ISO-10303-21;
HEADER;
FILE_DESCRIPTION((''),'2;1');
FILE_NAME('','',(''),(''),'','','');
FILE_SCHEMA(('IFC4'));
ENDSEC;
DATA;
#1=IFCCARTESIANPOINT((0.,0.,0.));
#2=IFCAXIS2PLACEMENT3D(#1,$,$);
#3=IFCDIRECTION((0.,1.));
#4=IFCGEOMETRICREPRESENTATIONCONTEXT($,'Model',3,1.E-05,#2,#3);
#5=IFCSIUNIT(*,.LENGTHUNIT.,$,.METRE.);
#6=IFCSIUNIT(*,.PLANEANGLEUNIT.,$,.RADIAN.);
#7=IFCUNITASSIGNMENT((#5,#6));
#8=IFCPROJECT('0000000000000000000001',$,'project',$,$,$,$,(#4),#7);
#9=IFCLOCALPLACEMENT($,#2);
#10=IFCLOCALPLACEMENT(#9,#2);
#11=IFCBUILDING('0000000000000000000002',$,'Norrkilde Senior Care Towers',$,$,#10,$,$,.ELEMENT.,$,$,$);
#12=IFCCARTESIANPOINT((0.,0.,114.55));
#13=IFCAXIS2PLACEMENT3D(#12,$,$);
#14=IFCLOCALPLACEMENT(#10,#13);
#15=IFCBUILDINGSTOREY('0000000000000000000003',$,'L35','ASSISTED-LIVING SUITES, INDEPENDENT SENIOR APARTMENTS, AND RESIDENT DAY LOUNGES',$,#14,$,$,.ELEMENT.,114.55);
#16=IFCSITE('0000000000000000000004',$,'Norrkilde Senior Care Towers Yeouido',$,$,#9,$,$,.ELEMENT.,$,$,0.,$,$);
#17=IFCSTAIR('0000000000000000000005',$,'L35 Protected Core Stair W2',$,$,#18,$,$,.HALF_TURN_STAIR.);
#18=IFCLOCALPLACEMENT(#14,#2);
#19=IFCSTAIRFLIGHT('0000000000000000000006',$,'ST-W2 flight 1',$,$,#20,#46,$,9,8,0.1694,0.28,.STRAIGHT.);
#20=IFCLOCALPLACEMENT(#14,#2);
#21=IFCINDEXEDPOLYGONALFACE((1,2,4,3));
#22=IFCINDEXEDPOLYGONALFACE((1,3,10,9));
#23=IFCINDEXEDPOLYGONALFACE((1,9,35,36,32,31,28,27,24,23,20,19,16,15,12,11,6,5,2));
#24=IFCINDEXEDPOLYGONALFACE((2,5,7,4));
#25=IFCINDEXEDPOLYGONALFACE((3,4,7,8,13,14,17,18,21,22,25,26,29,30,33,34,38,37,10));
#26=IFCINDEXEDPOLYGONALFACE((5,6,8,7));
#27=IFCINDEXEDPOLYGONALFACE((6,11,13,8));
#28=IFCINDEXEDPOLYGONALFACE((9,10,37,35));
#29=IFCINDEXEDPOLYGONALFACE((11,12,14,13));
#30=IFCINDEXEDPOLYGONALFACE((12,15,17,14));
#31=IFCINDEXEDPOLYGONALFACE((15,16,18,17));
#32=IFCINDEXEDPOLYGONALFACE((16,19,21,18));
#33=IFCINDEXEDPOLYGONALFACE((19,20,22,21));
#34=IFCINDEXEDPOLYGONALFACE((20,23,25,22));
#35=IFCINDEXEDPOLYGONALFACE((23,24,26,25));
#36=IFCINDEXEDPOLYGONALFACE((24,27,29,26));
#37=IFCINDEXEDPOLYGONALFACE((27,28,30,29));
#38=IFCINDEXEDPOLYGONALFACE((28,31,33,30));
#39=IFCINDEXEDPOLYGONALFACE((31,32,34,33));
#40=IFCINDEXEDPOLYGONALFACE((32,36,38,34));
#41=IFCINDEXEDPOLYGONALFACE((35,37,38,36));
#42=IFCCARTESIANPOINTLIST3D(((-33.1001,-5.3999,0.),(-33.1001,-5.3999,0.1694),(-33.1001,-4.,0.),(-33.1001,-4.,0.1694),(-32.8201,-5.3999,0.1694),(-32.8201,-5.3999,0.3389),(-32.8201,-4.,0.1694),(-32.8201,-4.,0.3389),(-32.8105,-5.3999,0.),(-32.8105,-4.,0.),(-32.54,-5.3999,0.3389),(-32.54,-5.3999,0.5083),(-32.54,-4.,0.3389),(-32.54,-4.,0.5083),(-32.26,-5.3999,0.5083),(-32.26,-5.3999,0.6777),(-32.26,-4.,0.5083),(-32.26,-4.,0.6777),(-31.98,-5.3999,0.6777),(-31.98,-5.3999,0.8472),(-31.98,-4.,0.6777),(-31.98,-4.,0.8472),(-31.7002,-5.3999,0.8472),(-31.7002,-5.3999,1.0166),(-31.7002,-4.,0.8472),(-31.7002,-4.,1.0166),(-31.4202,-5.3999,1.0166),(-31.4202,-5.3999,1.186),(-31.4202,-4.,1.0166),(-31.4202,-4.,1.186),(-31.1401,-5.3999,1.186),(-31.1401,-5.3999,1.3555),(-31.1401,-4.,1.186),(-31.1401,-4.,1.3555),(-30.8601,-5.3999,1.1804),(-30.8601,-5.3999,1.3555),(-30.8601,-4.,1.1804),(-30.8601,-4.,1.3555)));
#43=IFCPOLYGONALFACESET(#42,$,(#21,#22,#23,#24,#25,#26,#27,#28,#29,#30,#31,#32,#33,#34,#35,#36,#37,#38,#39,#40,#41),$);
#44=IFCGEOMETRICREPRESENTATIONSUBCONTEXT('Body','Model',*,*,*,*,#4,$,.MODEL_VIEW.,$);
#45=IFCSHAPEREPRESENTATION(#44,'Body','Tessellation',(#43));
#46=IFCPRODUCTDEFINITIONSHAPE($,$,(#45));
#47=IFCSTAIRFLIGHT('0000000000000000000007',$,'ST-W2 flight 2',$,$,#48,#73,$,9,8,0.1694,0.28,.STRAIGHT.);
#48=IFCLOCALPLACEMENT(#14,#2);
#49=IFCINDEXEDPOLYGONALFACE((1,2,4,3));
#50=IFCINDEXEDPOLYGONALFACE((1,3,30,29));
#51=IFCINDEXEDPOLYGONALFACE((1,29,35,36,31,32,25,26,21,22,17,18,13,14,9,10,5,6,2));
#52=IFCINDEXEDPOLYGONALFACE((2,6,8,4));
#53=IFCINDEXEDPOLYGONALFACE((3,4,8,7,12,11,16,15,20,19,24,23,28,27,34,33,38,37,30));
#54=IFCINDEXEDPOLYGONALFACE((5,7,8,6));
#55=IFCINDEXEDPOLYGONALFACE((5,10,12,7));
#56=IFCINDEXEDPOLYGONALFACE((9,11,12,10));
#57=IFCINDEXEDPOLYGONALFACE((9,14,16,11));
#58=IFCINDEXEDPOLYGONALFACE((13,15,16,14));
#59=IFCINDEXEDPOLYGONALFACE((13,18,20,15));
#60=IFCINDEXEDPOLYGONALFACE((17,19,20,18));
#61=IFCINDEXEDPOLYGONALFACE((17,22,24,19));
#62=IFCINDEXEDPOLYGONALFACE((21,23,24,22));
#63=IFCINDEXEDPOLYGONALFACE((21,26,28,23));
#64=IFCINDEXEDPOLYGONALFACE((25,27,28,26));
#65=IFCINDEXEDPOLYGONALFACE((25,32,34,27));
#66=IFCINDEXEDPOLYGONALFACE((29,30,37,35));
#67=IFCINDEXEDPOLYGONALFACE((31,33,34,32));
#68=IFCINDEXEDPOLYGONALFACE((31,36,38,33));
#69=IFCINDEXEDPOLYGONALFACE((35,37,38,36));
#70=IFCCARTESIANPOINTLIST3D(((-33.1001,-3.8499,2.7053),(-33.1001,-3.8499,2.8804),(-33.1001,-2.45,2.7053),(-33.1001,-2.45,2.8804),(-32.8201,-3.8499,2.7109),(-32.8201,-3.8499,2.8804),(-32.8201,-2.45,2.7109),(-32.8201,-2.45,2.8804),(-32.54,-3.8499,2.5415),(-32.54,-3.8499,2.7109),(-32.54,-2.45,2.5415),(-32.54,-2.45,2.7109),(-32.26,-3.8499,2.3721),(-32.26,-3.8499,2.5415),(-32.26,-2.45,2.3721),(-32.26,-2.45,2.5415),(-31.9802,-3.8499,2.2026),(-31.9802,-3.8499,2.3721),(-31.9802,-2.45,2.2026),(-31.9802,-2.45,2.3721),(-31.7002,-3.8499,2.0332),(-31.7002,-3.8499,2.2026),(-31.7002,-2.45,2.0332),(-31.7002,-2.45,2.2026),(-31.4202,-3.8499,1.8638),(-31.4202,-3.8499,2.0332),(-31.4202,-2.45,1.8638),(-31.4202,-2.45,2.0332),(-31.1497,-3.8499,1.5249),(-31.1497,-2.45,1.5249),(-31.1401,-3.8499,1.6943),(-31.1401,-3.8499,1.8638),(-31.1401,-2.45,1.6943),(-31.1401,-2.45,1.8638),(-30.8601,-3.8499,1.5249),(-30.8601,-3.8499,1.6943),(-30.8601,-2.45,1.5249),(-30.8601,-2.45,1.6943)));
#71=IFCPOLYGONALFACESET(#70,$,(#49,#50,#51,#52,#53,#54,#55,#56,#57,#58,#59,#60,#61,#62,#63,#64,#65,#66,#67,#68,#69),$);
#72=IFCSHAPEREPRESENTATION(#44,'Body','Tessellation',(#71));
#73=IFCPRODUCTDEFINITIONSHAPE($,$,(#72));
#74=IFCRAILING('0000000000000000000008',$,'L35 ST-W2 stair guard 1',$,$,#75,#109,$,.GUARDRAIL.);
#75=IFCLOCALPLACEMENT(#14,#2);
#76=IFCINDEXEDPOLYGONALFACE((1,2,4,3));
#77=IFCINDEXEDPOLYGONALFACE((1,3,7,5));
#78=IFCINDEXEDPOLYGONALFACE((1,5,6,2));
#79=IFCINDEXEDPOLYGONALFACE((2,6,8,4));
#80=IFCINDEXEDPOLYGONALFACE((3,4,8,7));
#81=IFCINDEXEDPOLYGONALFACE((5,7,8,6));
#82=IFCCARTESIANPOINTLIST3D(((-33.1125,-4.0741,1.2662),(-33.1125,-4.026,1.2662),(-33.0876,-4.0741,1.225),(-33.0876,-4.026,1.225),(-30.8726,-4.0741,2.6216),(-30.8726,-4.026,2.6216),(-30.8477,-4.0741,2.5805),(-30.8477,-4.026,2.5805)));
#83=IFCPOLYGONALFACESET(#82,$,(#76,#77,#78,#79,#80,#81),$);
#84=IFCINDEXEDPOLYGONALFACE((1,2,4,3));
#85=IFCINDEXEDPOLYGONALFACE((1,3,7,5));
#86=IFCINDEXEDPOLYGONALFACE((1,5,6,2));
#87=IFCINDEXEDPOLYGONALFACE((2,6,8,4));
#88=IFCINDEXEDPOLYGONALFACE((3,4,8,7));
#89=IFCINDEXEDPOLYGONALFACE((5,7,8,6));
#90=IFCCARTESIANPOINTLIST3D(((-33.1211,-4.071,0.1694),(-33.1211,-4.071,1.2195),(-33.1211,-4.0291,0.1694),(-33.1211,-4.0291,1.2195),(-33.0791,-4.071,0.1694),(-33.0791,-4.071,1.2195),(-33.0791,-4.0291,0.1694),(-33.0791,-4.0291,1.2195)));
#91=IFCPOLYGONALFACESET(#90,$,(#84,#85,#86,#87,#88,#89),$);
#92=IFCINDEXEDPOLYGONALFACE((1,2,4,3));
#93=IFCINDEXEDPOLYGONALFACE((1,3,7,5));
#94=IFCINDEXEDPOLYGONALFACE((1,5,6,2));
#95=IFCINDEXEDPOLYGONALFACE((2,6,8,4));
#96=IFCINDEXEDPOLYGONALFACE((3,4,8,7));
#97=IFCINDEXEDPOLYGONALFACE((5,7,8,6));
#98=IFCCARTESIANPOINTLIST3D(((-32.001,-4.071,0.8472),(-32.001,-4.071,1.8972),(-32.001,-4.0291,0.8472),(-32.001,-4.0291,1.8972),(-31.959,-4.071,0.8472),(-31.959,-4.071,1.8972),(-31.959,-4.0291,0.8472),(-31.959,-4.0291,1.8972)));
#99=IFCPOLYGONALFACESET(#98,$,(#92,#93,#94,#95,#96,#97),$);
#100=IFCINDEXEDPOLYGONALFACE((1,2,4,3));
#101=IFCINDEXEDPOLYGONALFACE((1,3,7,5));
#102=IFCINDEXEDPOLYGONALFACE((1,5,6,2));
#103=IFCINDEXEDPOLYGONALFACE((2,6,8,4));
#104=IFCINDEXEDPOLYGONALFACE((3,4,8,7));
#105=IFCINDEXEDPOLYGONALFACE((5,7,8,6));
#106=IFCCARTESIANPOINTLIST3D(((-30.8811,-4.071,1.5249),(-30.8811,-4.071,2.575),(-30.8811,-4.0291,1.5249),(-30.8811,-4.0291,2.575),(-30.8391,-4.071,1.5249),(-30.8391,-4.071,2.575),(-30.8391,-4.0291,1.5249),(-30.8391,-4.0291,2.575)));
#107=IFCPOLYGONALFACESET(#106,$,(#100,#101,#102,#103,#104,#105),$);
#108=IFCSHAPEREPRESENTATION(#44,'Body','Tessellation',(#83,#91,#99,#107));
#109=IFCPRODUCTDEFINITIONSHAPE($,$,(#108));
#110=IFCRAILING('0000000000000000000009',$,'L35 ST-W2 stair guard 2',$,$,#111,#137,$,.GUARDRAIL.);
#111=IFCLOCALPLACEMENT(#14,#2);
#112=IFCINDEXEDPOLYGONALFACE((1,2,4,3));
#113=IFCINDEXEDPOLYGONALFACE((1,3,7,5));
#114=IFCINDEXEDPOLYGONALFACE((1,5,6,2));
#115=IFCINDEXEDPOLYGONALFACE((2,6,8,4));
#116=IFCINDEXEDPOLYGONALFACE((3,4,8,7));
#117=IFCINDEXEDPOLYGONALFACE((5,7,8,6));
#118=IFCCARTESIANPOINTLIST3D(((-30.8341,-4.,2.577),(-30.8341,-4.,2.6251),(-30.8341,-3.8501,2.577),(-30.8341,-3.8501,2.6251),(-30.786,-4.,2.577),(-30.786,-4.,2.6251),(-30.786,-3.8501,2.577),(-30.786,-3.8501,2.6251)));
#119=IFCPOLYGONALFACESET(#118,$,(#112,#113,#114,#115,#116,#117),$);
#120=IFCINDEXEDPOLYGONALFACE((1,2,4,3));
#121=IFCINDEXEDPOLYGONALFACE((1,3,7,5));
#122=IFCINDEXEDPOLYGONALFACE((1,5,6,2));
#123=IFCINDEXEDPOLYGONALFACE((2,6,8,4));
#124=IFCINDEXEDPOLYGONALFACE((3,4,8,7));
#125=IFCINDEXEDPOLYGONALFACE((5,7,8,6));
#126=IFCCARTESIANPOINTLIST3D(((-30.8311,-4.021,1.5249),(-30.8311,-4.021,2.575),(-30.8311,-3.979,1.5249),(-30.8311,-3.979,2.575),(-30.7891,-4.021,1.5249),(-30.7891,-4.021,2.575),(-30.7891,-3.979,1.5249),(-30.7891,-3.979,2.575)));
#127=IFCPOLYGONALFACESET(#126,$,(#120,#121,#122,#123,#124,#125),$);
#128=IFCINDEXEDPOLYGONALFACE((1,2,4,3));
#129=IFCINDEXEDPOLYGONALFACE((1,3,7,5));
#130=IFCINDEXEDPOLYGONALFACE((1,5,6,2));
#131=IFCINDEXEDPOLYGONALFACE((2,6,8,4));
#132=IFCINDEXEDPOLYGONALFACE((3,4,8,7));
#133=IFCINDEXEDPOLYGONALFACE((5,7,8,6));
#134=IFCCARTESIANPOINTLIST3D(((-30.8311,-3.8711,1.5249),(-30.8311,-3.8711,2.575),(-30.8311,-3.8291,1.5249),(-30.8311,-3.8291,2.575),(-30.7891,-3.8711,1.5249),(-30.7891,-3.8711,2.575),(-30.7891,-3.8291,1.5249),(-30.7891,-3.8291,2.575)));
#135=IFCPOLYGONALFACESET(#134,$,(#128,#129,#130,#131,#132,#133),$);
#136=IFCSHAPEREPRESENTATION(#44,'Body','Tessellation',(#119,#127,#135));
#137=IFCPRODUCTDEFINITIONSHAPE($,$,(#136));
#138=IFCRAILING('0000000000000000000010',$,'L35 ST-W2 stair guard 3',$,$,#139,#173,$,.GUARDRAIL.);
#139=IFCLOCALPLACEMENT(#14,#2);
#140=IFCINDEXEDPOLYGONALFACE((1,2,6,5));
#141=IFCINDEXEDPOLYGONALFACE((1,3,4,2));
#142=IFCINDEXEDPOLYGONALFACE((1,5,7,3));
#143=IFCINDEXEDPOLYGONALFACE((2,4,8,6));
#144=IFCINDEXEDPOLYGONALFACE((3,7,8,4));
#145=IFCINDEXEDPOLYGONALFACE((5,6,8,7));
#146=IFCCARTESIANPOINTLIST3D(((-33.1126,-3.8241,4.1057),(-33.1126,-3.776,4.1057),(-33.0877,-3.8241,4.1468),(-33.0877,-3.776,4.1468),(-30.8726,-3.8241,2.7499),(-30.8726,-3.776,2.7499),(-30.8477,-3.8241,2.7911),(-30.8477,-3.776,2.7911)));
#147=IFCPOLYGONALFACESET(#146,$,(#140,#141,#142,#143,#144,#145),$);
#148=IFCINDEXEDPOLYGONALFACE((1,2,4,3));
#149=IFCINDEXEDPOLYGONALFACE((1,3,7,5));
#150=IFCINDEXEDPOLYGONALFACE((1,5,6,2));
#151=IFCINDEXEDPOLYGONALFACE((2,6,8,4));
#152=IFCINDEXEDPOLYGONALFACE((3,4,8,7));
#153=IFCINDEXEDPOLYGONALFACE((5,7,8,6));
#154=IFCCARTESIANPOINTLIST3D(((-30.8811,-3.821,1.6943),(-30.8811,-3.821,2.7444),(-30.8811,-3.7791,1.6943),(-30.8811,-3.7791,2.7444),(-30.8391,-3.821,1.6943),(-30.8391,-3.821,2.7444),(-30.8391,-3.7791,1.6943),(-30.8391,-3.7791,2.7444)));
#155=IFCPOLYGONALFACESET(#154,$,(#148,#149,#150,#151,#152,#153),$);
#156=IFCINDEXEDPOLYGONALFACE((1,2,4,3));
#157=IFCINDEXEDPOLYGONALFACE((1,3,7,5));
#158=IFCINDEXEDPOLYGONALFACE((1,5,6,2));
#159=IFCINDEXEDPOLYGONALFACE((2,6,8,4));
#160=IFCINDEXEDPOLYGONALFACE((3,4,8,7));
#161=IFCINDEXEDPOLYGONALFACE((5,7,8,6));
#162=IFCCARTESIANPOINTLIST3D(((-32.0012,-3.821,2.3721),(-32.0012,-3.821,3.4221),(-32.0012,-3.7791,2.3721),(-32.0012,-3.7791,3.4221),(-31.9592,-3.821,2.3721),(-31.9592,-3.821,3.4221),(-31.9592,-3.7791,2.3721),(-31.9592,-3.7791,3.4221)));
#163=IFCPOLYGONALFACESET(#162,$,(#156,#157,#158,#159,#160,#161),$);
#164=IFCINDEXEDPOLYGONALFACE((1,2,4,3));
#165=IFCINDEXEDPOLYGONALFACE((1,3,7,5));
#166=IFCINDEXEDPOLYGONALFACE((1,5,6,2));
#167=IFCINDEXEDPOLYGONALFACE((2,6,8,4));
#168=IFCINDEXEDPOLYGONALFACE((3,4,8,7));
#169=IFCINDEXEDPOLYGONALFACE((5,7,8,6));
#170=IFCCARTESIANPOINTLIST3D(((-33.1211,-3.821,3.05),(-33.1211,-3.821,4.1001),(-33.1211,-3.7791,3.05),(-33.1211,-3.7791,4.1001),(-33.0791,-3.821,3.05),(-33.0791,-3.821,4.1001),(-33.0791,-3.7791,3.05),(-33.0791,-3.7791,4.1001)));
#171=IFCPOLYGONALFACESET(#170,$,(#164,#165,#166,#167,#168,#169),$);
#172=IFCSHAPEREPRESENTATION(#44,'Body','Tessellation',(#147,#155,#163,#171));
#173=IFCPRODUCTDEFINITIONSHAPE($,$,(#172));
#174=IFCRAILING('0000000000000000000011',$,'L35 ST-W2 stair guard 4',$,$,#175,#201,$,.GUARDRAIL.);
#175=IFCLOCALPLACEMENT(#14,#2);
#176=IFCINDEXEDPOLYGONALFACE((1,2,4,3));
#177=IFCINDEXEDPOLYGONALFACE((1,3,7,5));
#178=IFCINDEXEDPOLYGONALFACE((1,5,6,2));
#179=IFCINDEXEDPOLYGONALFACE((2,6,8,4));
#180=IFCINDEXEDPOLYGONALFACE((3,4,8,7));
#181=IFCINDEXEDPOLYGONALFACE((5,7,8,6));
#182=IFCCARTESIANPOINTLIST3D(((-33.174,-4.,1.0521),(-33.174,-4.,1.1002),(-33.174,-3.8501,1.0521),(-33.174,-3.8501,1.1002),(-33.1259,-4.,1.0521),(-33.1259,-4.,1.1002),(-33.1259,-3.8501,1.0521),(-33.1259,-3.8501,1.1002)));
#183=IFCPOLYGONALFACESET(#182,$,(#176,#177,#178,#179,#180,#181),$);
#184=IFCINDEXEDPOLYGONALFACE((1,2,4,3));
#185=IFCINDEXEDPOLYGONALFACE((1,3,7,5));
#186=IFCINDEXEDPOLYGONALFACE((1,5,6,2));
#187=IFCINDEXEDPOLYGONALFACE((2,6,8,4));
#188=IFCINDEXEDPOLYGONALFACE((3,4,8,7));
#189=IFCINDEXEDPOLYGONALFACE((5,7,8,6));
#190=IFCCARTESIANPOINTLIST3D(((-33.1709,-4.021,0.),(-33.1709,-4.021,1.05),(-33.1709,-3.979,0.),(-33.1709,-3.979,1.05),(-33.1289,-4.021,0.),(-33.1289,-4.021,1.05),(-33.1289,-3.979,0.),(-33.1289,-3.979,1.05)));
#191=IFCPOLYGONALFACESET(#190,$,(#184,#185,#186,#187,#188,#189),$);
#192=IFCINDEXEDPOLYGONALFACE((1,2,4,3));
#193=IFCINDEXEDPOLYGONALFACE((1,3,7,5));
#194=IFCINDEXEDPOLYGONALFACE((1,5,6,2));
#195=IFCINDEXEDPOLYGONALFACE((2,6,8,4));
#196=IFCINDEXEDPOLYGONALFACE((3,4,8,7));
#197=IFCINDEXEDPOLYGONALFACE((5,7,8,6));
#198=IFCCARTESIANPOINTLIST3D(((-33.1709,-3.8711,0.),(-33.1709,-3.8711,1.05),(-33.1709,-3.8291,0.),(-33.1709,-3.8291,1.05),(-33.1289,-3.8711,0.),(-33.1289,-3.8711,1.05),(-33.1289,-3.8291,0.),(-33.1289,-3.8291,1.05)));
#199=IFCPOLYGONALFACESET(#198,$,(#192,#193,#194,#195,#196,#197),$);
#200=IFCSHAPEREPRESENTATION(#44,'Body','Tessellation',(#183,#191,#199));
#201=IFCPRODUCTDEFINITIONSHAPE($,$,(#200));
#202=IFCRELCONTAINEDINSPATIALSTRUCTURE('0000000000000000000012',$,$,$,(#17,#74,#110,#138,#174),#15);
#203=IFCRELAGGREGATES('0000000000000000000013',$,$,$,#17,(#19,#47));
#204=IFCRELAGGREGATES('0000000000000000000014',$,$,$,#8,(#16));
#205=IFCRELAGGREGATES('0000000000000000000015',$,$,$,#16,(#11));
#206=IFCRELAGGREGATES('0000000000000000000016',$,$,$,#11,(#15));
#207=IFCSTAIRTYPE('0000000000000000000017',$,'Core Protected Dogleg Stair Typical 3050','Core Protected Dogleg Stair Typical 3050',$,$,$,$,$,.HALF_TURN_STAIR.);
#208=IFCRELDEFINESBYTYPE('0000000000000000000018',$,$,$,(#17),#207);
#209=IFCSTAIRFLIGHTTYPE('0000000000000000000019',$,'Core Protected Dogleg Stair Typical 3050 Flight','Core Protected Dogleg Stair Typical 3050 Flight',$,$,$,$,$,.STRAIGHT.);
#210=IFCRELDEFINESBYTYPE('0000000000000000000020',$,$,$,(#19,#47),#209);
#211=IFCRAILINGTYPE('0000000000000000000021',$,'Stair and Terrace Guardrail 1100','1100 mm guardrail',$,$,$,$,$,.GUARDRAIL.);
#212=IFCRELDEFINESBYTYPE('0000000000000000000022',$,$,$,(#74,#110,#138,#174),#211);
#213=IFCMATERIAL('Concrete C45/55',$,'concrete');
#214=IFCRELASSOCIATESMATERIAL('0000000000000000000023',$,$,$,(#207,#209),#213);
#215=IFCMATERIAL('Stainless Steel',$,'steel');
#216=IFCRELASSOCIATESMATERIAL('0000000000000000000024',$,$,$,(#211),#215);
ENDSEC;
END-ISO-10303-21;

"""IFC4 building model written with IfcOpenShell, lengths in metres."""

from ifc_helpers import new_model, si_unit, direction, frame, origin, origin_2d, place, context, subcontext, project, spatial, polyline, rectangle, outline, extrude, material, type_object, element, aggregate, save


model = new_model("IFC4")

# Units and contexts
model_context = context("Model", 3, precision=1e-05, world=origin(), true_north=direction((0.0, 1.0)))
body_context = subcontext(model_context, "Body", "Model", "MODEL_VIEW")
ifc_project = project(units=[si_unit("LENGTHUNIT", "METRE"), si_unit("PLANEANGLEUNIT", "RADIAN")], contexts=[model_context])

# Site, building, storey
site_placement = place(None, origin())
site = spatial("IfcSite", under=ifc_project, at=site_placement, Name="Norrkilde Senior Care Towers Yeouido", CompositionType="ELEMENT", RefElevation=0.0)
building_placement = place(site_placement, origin())
building = spatial("IfcBuilding", under=site, at=building_placement, Name="Norrkilde Senior Care Towers", CompositionType="ELEMENT")
storey_placement = place(building_placement, frame((0.0, 0.0, 114.55)))
storey = spatial("IfcBuildingStorey", under=building, at=storey_placement, Name="L35", Description="ASSISTED-LIVING SUITES, INDEPENDENT SENIOR APARTMENTS, AND RESIDENT DAY LOUNGES", CompositionType="ELEMENT", Elevation=114.55)

# Shared definitions
ifc_material_1 = material(Name="Concrete C45/55", Category="concrete")

# Shared definitions
ifc_material_2 = material(Name="Stainless Steel", Category="steel")

# Stair, stair flights
stair_type = type_object("IfcStairType", Name="Core Protected Dogleg Stair Typical 3050", Description="Core Protected Dogleg Stair Typical 3050", PredefinedType="HALF_TURN_STAIR", material=ifc_material_1)
stair_placement = place(storey_placement, origin())
stair = element("IfcStair", 1, at=stair_placement, inside=storey, type_object=stair_type, Name="L35 Protected Core Stair W2", PredefinedType="HALF_TURN_STAIR")
stair_flight_type = type_object("IfcStairFlightType", Name="Core Protected Dogleg Stair Typical 3050 Flight", Description="Core Protected Dogleg Stair Typical 3050 Flight", PredefinedType="STRAIGHT", material=ifc_material_1)
stair_flight_1_placement = place(storey_placement, frame((-33.1001, -4.7, 0.0), z_axis=(0.0, 0.0, 1.0), x_axis=(1.0, 0.0, 0.0)))
stair_flight_1 = element("IfcStairFlight", 2, at=stair_flight_1_placement, type_object=stair_flight_type, Name="ST-W2 flight 1", NumberOfRisers=9, NumberOfTreads=8, PredefinedType="STRAIGHT", RiserHeight=0.1694, TreadLength=0.28, context=body_context, shape_type="SweptSolid", body=[
    extrude(outline(polyline([(0.0, 0.0), (0.0, 0.1694), (0.28, 0.1694), (0.28, 0.3389), (0.5601, 0.3389), (0.5601, 0.5083), (0.8401, 0.5083), (0.8401, 0.6777), (1.1201, 0.6777), (1.1201, 0.8472), (1.3999, 0.8472), (1.3999, 1.0166), (1.6799, 1.0166), (1.6799, 1.186), (1.96, 1.186), (1.96, 1.3555), (2.24, 1.3555), (2.24, 1.5249), (2.24, 1.1804), (0.2896, 0.0), (0.0, 0.0)])), frame((0.0, 0.7, 0.0), z_axis=(0.0, -1.0, 0.0), x_axis=(1.0, 0.0, 0.0)), (0.0, 0.0, 1.0), 1.3999),
])
stair_flight_2_placement = place(storey_placement, frame((-30.8601, -3.1499, 1.5249), z_axis=(0.0, 0.0, 1.0), x_axis=(-1.0, 0.0, 0.0)))
stair_flight_2 = element("IfcStairFlight", 3, at=stair_flight_2_placement, type_object=stair_flight_type, Name="ST-W2 flight 2", NumberOfRisers=9, NumberOfTreads=8, PredefinedType="STRAIGHT", RiserHeight=0.1694, TreadLength=0.28, context=body_context, shape_type="SweptSolid", body=[
    extrude(outline(polyline([(0.0, 0.0), (0.0, 0.1694), (0.28, 0.1694), (0.28, 0.3389), (0.5601, 0.3389), (0.5601, 0.5083), (0.8401, 0.5083), (0.8401, 0.6777), (1.1201, 0.6777), (1.1201, 0.8472), (1.3999, 0.8472), (1.3999, 1.0166), (1.6799, 1.0166), (1.6799, 1.186), (1.96, 1.186), (1.96, 1.3555), (2.24, 1.3555), (2.24, 1.5249), (2.24, 1.1804), (0.2896, 0.0), (0.0, 0.0)])), frame((0.0, 0.7, 0.0), z_axis=(0.0, -1.0, 0.0), x_axis=(1.0, 0.0, 0.0)), (0.0, 0.0, 1.0), 1.3999),
])
aggregate(stair, [stair_flight_1, stair_flight_2])

# Railings
railing_type_1 = type_object("IfcRailingType", Name="Stair and Terrace Guardrail 1100", Description="1100 mm guardrail", PredefinedType="GUARDRAIL", material=ifc_material_2)
railing_1_placement = place(storey_placement, frame((-33.1001, -4.05, 0.1694)))
element("IfcRailing", 4, at=railing_1_placement, inside=storey, type_object=railing_type_1, Name="L35 ST-W2 stair guard 1", PredefinedType="GUARDRAIL", context=body_context, shape_type="SweptSolid", body=[
    extrude(rectangle(XDim=0.0481, YDim=0.0481, at=origin_2d()), frame((0.0, 0.0, 1.0762), z_axis=(0.855553, 0.0, 0.517715), x_axis=(0.0, 1.0, 0.0)), (0.0, 0.0, 1.0), 2.6182),
    extrude(rectangle(XDim=0.042, YDim=0.042, at=origin_2d()), origin(), (0.0, 0.0, 1.0), 1.05),
    extrude(rectangle(XDim=0.042, YDim=0.042, at=origin_2d()), frame((1.1201, 0.0, 0.6777)), (0.0, 0.0, 1.0), 1.05),
    extrude(rectangle(XDim=0.042, YDim=0.042, at=origin_2d()), frame((2.24, 0.0, 1.3555)), (0.0, 0.0, 1.0), 1.05),
])
railing_2_placement = place(storey_placement, frame((-30.8101, -4.0, 1.5249)))
element("IfcRailing", 5, at=railing_2_placement, inside=storey, type_object=railing_type_1, Name="L35 ST-W2 stair guard 2", PredefinedType="GUARDRAIL", context=body_context, shape_type="SweptSolid", body=[
    extrude(rectangle(XDim=0.0481, YDim=0.0481, at=origin_2d()), frame((0.0, 0.0, 1.0762), z_axis=(0.0, 1.0, 0.0), x_axis=(-1.0, 0.0, 0.0)), (0.0, 0.0, 1.0), 0.1499),
    extrude(rectangle(XDim=0.042, YDim=0.042, at=origin_2d()), origin(), (0.0, 0.0, 1.0), 1.05),
    extrude(rectangle(XDim=0.042, YDim=0.042, at=origin_2d()), frame((0.0, 0.1499, 0.0)), (0.0, 0.0, 1.0), 1.05),
])
railing_3_placement = place(storey_placement, frame((-30.8601, -3.8, 1.6943)))
element("IfcRailing", 6, at=railing_3_placement, inside=storey, type_object=railing_type_1, Name="L35 ST-W2 stair guard 3", PredefinedType="GUARDRAIL", context=body_context, shape_type="SweptSolid", body=[
    extrude(rectangle(XDim=0.0481, YDim=0.0481, at=origin_2d()), frame((0.0, 0.0, 1.0762), z_axis=(-0.855512, 0.0, 0.517783), x_axis=(0.0, -1.0, 0.0)), (0.0, 0.0, 1.0), 2.6184),
    extrude(rectangle(XDim=0.042, YDim=0.042, at=origin_2d()), origin(), (0.0, 0.0, 1.0), 1.05),
    extrude(rectangle(XDim=0.042, YDim=0.042, at=origin_2d()), frame((-1.1201, 0.0, 0.6777)), (0.0, 0.0, 1.0), 1.05),
    extrude(rectangle(XDim=0.042, YDim=0.042, at=origin_2d()), frame((-2.24, 0.0, 1.3557)), (0.0, 0.0, 1.0), 1.05),
])
railing_4_placement = place(storey_placement, frame((-33.1499, -4.0, 0.0)))
element("IfcRailing", 7, at=railing_4_placement, inside=storey, type_object=railing_type_1, Name="L35 ST-W2 stair guard 4", PredefinedType="GUARDRAIL", context=body_context, shape_type="SweptSolid", body=[
    extrude(rectangle(XDim=0.0481, YDim=0.0481, at=origin_2d()), frame((0.0, 0.0, 1.0762), z_axis=(0.0, 1.0, 0.0), x_axis=(-1.0, 0.0, 0.0)), (0.0, 0.0, 1.0), 0.1499),
    extrude(rectangle(XDim=0.042, YDim=0.042, at=origin_2d()), origin(), (0.0, 0.0, 1.0), 1.05),
    extrude(rectangle(XDim=0.042, YDim=0.042, at=origin_2d()), frame((0.0, 0.1499, 0.0)), (0.0, 0.0, 1.0), 1.05),
])

save(model, "model.ifc")
